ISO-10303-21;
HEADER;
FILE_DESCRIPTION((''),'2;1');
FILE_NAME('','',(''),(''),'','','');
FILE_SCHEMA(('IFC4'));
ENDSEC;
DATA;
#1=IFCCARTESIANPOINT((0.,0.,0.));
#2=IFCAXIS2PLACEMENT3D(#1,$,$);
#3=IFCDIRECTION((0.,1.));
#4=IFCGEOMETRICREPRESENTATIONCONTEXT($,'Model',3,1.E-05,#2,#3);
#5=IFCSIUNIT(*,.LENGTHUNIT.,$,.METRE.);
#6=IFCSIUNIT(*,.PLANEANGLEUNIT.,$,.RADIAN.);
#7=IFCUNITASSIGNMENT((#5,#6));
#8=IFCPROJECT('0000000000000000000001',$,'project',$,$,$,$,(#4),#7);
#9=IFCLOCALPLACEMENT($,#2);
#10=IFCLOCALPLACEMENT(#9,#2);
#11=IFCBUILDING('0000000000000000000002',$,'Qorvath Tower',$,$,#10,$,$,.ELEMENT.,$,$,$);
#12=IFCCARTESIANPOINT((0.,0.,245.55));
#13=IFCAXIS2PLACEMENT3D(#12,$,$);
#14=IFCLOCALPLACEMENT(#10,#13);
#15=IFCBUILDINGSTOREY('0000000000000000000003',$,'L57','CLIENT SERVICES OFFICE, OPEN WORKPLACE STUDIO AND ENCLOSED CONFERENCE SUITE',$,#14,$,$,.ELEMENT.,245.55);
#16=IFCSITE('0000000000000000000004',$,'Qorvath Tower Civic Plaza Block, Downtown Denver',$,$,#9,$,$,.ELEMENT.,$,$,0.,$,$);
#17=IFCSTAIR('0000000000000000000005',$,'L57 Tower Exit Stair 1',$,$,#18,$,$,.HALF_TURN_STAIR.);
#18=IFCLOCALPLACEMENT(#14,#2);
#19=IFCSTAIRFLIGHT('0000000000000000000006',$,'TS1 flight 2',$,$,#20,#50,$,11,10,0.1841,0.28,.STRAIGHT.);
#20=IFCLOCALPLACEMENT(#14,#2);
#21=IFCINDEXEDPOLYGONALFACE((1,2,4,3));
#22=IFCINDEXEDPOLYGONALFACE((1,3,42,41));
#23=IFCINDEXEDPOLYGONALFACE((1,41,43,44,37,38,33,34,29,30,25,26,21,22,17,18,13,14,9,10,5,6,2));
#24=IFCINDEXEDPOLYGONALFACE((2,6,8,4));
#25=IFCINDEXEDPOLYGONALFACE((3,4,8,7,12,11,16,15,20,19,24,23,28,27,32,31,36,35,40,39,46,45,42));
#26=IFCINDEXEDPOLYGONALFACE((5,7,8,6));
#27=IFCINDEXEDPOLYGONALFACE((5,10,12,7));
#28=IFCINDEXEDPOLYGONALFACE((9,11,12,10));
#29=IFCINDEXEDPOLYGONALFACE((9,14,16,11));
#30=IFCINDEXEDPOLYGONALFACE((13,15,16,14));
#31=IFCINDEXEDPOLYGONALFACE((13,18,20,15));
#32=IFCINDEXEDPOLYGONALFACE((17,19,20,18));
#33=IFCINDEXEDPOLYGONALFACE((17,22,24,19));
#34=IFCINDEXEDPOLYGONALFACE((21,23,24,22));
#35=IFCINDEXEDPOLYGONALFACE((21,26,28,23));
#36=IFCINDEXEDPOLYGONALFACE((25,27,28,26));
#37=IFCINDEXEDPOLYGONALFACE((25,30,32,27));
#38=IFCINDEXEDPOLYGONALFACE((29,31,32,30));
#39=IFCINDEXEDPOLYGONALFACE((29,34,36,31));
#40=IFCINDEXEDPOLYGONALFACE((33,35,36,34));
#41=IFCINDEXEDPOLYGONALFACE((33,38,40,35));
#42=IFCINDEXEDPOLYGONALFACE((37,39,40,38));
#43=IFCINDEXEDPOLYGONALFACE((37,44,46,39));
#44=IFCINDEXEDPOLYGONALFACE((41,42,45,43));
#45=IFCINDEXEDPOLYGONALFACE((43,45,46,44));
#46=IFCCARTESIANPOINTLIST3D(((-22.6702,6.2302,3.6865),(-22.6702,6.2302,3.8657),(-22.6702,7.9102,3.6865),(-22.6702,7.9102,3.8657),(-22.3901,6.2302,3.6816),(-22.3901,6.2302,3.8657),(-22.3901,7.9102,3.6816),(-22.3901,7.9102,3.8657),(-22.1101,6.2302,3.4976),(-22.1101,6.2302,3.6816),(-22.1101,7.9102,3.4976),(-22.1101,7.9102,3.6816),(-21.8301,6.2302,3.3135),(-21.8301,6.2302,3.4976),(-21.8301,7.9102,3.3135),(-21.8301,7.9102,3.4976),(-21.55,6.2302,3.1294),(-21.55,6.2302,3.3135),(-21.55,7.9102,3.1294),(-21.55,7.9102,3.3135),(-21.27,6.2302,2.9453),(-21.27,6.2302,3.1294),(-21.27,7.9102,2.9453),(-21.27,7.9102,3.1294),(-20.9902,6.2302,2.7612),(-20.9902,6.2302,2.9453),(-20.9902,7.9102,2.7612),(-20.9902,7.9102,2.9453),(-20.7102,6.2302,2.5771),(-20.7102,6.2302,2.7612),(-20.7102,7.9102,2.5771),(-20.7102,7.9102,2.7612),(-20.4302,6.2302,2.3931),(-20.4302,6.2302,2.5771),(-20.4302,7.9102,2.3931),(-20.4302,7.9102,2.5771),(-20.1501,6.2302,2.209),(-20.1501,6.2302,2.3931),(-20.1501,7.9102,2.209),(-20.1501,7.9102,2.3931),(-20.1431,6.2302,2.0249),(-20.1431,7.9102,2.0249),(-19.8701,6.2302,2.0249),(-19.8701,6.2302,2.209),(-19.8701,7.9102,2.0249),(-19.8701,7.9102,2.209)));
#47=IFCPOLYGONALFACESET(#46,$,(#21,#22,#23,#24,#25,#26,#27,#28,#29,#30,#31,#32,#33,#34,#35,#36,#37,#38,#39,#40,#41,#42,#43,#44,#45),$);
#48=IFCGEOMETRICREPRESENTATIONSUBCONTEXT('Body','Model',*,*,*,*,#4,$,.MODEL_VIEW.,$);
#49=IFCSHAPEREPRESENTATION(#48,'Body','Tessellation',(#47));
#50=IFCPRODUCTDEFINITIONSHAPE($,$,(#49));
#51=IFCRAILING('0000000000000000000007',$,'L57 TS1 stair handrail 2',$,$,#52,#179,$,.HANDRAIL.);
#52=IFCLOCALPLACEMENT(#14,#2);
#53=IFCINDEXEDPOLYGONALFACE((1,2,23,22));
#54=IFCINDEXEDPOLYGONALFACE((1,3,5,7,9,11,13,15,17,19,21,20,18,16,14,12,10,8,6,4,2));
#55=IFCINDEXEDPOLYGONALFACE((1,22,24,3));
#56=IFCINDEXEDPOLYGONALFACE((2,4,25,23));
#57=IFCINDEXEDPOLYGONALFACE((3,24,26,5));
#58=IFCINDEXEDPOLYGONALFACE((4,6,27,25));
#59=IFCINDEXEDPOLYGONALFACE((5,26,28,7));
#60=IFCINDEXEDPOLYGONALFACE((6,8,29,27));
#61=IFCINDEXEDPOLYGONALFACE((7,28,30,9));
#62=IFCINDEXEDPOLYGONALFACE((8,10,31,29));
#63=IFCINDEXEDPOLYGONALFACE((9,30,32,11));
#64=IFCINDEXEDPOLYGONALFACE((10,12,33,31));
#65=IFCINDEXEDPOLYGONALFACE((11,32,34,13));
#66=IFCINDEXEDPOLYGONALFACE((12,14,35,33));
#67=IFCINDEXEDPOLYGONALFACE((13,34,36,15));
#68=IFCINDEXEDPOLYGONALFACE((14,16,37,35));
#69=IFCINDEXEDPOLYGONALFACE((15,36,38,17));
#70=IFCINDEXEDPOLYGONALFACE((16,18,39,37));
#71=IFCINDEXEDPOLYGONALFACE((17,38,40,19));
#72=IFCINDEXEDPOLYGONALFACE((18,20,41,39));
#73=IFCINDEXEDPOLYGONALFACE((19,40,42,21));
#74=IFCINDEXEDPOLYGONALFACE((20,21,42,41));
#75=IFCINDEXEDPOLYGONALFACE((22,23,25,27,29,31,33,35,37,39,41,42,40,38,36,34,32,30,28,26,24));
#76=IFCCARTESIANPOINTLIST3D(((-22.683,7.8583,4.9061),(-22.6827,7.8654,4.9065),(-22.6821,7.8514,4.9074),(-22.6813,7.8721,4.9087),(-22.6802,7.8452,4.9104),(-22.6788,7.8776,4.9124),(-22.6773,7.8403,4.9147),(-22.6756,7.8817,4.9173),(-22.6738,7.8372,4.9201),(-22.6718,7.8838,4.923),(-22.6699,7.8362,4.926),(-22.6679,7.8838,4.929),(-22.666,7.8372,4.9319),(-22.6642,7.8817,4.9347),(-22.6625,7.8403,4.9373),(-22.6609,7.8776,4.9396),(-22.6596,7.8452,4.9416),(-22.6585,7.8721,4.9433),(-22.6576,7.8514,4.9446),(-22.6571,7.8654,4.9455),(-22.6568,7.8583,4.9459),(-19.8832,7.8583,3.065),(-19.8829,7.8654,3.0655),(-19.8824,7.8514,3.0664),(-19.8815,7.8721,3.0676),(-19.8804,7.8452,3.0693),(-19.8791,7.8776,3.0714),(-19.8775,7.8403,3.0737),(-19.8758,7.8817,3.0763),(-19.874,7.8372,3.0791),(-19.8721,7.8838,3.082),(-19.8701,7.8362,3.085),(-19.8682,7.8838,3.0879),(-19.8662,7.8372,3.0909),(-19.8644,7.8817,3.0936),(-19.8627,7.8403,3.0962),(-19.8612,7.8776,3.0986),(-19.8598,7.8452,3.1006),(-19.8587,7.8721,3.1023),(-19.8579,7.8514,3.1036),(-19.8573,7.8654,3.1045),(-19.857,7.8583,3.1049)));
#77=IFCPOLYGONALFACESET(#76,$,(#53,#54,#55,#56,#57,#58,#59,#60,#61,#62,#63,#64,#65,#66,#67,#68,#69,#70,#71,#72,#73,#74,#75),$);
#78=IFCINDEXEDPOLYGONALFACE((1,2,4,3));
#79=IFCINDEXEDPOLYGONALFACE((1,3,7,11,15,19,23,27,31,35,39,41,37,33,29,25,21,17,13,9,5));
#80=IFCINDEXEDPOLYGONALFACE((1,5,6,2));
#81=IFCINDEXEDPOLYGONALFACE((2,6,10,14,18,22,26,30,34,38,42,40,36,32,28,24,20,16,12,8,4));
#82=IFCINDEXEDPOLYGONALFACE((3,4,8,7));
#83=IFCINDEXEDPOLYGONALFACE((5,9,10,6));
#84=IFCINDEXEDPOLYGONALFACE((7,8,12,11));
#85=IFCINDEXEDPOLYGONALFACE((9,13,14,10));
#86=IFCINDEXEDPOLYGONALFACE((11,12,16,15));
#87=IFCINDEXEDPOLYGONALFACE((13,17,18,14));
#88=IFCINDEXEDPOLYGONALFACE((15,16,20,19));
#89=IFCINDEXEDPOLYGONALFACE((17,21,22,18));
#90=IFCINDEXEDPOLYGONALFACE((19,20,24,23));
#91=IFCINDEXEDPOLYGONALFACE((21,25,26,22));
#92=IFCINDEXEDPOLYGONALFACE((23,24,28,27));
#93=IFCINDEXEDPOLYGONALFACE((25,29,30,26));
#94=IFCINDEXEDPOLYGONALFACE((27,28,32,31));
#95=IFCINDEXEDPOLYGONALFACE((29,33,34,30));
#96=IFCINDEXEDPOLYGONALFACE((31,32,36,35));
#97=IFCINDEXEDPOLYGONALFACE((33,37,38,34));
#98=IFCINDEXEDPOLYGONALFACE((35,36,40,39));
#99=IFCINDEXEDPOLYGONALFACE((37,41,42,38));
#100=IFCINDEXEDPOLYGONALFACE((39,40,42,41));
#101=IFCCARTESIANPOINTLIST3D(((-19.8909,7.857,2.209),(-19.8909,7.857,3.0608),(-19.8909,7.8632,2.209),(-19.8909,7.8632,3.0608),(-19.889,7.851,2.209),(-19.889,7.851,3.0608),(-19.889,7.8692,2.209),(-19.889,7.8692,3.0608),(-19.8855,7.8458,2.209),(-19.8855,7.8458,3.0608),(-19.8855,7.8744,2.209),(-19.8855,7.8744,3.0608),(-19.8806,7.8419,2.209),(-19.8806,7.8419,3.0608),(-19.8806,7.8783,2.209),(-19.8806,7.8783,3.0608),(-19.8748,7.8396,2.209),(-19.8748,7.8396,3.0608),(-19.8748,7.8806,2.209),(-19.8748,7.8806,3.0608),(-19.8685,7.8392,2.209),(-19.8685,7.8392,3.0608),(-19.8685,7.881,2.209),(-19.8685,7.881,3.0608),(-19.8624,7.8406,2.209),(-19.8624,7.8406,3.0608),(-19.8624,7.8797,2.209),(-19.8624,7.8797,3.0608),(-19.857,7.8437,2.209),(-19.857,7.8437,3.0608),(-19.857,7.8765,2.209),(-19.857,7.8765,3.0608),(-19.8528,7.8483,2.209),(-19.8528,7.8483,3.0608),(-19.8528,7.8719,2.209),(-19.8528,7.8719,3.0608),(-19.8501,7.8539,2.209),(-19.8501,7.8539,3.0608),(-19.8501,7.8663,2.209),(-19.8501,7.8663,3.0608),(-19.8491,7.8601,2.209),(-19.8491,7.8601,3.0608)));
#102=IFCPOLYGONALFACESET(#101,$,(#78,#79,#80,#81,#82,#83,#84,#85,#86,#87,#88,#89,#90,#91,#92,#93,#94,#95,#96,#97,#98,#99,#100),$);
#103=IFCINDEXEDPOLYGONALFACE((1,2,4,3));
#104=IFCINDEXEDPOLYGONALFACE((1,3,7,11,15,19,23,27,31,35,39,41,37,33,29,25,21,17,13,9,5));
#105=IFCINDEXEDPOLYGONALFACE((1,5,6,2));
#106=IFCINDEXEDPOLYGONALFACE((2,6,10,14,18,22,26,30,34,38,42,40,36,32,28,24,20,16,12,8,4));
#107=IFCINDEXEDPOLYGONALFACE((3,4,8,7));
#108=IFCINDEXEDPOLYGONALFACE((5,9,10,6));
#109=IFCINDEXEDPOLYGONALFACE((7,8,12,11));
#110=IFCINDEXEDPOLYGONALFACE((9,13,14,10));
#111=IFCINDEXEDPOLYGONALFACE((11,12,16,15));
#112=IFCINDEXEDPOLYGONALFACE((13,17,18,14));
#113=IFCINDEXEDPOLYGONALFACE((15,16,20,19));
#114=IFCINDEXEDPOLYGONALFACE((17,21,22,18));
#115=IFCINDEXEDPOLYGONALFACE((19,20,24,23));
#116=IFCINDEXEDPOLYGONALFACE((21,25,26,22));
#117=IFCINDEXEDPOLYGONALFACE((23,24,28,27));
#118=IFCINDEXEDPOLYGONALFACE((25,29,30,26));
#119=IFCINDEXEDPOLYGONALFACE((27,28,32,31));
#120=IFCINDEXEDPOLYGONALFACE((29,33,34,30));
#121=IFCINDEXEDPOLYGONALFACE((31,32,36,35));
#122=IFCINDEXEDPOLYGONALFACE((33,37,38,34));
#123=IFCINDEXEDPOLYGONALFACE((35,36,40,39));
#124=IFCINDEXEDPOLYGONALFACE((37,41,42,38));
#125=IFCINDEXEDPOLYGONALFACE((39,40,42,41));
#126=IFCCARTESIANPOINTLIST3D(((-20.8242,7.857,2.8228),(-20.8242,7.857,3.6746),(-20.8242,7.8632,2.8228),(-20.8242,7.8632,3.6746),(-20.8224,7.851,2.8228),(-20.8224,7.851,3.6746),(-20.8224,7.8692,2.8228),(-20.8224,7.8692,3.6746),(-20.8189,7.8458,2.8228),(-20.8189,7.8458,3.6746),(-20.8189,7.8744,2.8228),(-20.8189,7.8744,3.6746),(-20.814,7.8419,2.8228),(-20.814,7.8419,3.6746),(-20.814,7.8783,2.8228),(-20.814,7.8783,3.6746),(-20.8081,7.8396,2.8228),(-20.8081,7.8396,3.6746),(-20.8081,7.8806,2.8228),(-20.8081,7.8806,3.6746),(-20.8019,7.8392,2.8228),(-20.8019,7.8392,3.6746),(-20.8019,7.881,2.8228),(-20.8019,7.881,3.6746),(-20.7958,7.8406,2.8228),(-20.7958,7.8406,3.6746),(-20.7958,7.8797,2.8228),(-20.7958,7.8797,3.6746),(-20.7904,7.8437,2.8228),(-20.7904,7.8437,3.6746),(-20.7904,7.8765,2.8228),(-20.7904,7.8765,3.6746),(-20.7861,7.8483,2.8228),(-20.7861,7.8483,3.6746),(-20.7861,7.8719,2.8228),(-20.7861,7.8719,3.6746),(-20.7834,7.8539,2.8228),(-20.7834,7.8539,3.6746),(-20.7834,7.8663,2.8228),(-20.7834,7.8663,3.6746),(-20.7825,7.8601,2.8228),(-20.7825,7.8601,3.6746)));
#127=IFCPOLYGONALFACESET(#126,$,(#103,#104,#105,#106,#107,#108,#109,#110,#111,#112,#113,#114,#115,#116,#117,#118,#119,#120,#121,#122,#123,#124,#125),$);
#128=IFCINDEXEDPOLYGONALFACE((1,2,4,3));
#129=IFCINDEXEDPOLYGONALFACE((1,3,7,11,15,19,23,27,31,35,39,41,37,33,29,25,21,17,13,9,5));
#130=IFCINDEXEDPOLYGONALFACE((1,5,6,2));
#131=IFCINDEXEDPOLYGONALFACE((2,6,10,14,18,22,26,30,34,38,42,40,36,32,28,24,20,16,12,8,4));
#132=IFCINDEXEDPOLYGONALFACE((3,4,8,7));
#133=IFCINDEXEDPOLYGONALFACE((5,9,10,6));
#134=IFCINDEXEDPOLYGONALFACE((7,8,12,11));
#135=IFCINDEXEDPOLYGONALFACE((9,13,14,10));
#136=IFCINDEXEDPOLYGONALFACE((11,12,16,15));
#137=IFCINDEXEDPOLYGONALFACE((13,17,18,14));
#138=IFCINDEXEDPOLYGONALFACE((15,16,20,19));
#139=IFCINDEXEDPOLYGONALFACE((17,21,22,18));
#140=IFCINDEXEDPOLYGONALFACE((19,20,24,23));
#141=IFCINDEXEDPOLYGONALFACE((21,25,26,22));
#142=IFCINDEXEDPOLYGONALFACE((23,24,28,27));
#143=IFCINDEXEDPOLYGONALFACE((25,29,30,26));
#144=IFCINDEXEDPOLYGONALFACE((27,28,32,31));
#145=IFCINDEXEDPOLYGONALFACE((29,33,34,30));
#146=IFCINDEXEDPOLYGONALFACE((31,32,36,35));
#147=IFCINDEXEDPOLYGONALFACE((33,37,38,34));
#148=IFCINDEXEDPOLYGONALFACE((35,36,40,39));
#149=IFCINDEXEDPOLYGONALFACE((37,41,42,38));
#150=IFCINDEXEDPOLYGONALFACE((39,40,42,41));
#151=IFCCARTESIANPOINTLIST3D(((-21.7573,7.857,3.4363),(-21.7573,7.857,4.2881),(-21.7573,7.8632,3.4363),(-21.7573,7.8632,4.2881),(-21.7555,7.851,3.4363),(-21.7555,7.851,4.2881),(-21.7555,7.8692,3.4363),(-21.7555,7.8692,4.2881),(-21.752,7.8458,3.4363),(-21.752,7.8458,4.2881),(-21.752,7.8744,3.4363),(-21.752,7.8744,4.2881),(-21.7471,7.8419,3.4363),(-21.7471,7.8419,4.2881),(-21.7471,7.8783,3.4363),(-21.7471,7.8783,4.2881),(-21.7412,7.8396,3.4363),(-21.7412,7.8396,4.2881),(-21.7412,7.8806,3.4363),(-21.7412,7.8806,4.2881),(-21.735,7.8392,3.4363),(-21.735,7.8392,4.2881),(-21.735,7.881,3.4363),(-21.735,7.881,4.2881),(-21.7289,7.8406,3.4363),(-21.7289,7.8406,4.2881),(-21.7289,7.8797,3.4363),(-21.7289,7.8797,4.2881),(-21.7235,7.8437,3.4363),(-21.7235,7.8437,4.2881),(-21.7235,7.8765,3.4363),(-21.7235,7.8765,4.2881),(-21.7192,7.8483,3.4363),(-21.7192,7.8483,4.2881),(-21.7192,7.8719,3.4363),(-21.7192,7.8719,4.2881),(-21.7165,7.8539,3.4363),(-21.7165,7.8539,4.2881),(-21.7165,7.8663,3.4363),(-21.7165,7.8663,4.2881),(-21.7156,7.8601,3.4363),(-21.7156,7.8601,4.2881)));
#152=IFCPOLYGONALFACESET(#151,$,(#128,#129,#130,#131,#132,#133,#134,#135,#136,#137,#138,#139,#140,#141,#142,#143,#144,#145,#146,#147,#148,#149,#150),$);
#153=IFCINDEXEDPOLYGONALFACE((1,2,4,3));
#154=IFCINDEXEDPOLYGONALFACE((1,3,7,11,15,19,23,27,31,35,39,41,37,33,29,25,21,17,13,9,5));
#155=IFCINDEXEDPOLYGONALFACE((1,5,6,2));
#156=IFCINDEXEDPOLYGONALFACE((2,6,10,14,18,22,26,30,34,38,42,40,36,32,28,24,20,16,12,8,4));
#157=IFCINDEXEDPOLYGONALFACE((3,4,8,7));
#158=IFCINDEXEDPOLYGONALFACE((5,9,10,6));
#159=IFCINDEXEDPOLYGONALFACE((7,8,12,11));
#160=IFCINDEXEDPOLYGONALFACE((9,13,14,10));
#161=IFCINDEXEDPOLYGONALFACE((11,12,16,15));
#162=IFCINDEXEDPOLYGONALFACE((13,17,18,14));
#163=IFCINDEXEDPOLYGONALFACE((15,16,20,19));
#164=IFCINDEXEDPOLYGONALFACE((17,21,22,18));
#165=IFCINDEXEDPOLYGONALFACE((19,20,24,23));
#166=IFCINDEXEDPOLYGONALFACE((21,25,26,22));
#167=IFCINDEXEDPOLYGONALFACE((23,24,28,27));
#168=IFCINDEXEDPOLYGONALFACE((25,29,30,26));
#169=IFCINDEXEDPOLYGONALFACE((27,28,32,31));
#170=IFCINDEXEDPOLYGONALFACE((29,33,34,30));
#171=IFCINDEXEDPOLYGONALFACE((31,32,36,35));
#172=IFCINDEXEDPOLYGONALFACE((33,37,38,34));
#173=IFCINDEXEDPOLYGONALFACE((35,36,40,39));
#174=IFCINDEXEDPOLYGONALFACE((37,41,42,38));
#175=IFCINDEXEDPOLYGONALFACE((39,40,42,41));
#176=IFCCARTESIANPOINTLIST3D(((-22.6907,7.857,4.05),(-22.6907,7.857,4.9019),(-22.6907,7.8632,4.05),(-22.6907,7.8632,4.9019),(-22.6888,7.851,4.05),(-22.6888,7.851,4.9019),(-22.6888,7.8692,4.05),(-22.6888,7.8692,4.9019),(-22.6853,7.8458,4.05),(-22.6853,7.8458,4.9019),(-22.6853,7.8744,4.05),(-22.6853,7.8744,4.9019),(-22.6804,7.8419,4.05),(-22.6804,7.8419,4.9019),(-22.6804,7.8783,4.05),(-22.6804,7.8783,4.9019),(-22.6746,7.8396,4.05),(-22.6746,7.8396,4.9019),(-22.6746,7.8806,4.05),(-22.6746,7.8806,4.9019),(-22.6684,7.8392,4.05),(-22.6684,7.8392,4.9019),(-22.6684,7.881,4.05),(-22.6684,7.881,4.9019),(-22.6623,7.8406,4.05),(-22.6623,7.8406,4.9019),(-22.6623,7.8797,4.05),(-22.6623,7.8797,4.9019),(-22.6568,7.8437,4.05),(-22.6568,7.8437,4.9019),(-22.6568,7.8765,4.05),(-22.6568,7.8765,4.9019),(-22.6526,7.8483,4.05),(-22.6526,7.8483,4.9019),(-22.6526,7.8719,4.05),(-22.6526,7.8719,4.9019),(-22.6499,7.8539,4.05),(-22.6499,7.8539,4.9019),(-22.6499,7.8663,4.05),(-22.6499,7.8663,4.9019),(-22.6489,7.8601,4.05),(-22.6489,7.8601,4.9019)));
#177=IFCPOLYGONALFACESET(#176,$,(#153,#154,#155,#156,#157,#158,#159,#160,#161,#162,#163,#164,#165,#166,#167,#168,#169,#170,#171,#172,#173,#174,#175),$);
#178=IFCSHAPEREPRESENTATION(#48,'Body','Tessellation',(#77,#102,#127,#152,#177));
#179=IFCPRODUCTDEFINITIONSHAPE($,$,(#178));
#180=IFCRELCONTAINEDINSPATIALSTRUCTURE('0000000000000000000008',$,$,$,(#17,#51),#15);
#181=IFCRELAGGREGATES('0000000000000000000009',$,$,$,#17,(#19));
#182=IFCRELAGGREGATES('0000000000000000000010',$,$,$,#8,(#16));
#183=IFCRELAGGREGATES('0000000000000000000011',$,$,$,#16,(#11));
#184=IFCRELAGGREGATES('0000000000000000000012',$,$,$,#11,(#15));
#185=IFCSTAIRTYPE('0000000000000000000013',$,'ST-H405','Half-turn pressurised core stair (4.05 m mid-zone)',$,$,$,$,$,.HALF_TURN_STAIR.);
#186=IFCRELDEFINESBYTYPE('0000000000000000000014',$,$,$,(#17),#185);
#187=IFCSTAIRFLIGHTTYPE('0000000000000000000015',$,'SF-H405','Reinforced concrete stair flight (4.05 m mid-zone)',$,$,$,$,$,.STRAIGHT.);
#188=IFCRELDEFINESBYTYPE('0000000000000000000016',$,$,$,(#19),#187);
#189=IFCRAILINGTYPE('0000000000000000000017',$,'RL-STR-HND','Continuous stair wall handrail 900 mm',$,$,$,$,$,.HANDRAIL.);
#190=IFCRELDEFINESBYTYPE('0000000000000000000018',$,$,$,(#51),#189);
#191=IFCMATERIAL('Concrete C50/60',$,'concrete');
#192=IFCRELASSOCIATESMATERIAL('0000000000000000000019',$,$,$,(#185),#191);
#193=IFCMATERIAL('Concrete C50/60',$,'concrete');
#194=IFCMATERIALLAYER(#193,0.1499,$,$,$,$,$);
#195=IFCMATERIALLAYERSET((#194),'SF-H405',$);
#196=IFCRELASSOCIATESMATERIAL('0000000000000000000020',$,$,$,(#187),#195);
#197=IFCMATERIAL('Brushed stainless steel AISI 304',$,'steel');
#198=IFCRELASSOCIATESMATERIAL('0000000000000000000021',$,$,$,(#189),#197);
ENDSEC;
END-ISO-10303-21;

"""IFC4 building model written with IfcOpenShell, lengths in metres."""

from ifc_helpers import new_model, si_unit, direction, frame, origin, origin_2d, place, context, subcontext, project, spatial, polyline, circle, outline, extrude, material, layer, layer_set, type_object, element, aggregate, save


model = new_model("IFC4")

# Units and contexts
model_context = context("Model", 3, precision=1e-05, world=origin(), true_north=direction((0.0, 1.0)))
body_context = subcontext(model_context, "Body", "Model", "MODEL_VIEW")
ifc_project = project(units=[si_unit("LENGTHUNIT", "METRE"), si_unit("PLANEANGLEUNIT", "RADIAN")], contexts=[model_context])

# Site, building, storey
site_placement = place(None, origin())
site = spatial("IfcSite", under=ifc_project, at=site_placement, Name="Qorvath Tower Civic Plaza Block, Downtown Denver", CompositionType="ELEMENT", RefElevation=0.0)
building_placement = place(site_placement, origin())
building = spatial("IfcBuilding", under=site, at=building_placement, Name="Qorvath Tower", CompositionType="ELEMENT")
storey_placement = place(building_placement, frame((0.0, 0.0, 245.55)))
storey = spatial("IfcBuildingStorey", under=building, at=storey_placement, Name="L57", Description="CLIENT SERVICES OFFICE, OPEN WORKPLACE STUDIO AND ENCLOSED CONFERENCE SUITE", CompositionType="ELEMENT", Elevation=245.55)

# Stair, stair flight
ifc_material_1 = material(Name="Concrete C50/60", Category="concrete")
stair_type = type_object("IfcStairType", Name="ST-H405", Description="Half-turn pressurised core stair (4.05 m mid-zone)", PredefinedType="HALF_TURN_STAIR", material=ifc_material_1)
stair_placement = place(storey_placement, origin())
stair = element("IfcStair", 1, at=stair_placement, inside=storey, type_object=stair_type, Name="L57 Tower Exit Stair 1", PredefinedType="HALF_TURN_STAIR")
ifc_material_2 = material(Name="Concrete C50/60", Category="concrete")
ifc_layer_1 = layer(ifc_material_2, 0.1499)
ifc_layer_set_1 = layer_set([ifc_layer_1], Name="SF-H405")
stair_flight_type = type_object("IfcStairFlightType", Name="SF-H405", Description="Reinforced concrete stair flight (4.05 m mid-zone)", PredefinedType="STRAIGHT", material=ifc_layer_set_1)
stair_flight_placement = place(storey_placement, frame((-19.8701, 7.0701, 2.0249), z_axis=(0.0, 0.0, 1.0), x_axis=(-1.0, 0.0, 0.0)))
stair_flight = element("IfcStairFlight", 2, at=stair_flight_placement, type_object=stair_flight_type, Name="TS1 flight 2", NumberOfRisers=11, NumberOfTreads=10, PredefinedType="STRAIGHT", RiserHeight=0.1841, TreadLength=0.28, context=body_context, shape_type="SweptSolid", body=[
    extrude(outline(polyline([(0.0, 0.0), (0.0, 0.1841), (0.28, 0.1841), (0.28, 0.3682), (0.5601, 0.3682), (0.5601, 0.5522), (0.8401, 0.5522), (0.8401, 0.7363), (1.1201, 0.7363), (1.1201, 0.9204), (1.3999, 0.9204), (1.3999, 1.1045), (1.6799, 1.1045), (1.6799, 1.2886), (1.96, 1.2886), (1.96, 1.4727), (2.24, 1.4727), (2.24, 1.6567), (2.52, 1.6567), (2.52, 1.8408), (2.8, 1.8408), (2.8, 2.0249), (2.8, 1.6616), (0.2729, 0.0), (0.0, 0.0)])), frame((0.0, 0.8398, 0.0), z_axis=(0.0, -1.0, 0.0), x_axis=(1.0, 0.0, 0.0)), (0.0, 0.0, 1.0), 1.6799),
])
aggregate(stair, [stair_flight])

# Railing
ifc_material_3 = material(Name="Brushed stainless steel AISI 304", Category="steel")
railing_type = type_object("IfcRailingType", Name="RL-STR-HND", Description="Continuous stair wall handrail 900 mm", PredefinedType="HANDRAIL", material=ifc_material_3)
railing_placement = place(storey_placement, frame((-19.8701, 7.8601, 2.209)))
element("IfcRailing", 3, at=railing_placement, inside=storey, type_object=railing_type, Name="L57 TS1 stair handrail 2", PredefinedType="HANDRAIL", context=body_context, shape_type="SweptSolid", body=[
    extrude(circle(Radius=0.0239, at=origin_2d()), frame((0.0, 0.0, 0.876), z_axis=(-0.835542, 0.0, 0.549426), x_axis=(0.0, -1.0, 0.0)), (0.0, 0.0, 1.0), 3.3508),
    extrude(circle(Radius=0.021, at=origin_2d()), origin(), (0.0, 0.0, 1.0), 0.8518),
    extrude(circle(Radius=0.021, at=origin_2d()), frame((-0.9333, 0.0, 0.6138)), (0.0, 0.0, 1.0), 0.8518),
    extrude(circle(Radius=0.021, at=origin_2d()), frame((-1.8665, 0.0, 1.2273)), (0.0, 0.0, 1.0), 0.8518),
    extrude(circle(Radius=0.021, at=origin_2d()), frame((-2.7998, 0.0, 1.8411)), (0.0, 0.0, 1.0), 0.8518),
])

save(model, "model.ifc")
